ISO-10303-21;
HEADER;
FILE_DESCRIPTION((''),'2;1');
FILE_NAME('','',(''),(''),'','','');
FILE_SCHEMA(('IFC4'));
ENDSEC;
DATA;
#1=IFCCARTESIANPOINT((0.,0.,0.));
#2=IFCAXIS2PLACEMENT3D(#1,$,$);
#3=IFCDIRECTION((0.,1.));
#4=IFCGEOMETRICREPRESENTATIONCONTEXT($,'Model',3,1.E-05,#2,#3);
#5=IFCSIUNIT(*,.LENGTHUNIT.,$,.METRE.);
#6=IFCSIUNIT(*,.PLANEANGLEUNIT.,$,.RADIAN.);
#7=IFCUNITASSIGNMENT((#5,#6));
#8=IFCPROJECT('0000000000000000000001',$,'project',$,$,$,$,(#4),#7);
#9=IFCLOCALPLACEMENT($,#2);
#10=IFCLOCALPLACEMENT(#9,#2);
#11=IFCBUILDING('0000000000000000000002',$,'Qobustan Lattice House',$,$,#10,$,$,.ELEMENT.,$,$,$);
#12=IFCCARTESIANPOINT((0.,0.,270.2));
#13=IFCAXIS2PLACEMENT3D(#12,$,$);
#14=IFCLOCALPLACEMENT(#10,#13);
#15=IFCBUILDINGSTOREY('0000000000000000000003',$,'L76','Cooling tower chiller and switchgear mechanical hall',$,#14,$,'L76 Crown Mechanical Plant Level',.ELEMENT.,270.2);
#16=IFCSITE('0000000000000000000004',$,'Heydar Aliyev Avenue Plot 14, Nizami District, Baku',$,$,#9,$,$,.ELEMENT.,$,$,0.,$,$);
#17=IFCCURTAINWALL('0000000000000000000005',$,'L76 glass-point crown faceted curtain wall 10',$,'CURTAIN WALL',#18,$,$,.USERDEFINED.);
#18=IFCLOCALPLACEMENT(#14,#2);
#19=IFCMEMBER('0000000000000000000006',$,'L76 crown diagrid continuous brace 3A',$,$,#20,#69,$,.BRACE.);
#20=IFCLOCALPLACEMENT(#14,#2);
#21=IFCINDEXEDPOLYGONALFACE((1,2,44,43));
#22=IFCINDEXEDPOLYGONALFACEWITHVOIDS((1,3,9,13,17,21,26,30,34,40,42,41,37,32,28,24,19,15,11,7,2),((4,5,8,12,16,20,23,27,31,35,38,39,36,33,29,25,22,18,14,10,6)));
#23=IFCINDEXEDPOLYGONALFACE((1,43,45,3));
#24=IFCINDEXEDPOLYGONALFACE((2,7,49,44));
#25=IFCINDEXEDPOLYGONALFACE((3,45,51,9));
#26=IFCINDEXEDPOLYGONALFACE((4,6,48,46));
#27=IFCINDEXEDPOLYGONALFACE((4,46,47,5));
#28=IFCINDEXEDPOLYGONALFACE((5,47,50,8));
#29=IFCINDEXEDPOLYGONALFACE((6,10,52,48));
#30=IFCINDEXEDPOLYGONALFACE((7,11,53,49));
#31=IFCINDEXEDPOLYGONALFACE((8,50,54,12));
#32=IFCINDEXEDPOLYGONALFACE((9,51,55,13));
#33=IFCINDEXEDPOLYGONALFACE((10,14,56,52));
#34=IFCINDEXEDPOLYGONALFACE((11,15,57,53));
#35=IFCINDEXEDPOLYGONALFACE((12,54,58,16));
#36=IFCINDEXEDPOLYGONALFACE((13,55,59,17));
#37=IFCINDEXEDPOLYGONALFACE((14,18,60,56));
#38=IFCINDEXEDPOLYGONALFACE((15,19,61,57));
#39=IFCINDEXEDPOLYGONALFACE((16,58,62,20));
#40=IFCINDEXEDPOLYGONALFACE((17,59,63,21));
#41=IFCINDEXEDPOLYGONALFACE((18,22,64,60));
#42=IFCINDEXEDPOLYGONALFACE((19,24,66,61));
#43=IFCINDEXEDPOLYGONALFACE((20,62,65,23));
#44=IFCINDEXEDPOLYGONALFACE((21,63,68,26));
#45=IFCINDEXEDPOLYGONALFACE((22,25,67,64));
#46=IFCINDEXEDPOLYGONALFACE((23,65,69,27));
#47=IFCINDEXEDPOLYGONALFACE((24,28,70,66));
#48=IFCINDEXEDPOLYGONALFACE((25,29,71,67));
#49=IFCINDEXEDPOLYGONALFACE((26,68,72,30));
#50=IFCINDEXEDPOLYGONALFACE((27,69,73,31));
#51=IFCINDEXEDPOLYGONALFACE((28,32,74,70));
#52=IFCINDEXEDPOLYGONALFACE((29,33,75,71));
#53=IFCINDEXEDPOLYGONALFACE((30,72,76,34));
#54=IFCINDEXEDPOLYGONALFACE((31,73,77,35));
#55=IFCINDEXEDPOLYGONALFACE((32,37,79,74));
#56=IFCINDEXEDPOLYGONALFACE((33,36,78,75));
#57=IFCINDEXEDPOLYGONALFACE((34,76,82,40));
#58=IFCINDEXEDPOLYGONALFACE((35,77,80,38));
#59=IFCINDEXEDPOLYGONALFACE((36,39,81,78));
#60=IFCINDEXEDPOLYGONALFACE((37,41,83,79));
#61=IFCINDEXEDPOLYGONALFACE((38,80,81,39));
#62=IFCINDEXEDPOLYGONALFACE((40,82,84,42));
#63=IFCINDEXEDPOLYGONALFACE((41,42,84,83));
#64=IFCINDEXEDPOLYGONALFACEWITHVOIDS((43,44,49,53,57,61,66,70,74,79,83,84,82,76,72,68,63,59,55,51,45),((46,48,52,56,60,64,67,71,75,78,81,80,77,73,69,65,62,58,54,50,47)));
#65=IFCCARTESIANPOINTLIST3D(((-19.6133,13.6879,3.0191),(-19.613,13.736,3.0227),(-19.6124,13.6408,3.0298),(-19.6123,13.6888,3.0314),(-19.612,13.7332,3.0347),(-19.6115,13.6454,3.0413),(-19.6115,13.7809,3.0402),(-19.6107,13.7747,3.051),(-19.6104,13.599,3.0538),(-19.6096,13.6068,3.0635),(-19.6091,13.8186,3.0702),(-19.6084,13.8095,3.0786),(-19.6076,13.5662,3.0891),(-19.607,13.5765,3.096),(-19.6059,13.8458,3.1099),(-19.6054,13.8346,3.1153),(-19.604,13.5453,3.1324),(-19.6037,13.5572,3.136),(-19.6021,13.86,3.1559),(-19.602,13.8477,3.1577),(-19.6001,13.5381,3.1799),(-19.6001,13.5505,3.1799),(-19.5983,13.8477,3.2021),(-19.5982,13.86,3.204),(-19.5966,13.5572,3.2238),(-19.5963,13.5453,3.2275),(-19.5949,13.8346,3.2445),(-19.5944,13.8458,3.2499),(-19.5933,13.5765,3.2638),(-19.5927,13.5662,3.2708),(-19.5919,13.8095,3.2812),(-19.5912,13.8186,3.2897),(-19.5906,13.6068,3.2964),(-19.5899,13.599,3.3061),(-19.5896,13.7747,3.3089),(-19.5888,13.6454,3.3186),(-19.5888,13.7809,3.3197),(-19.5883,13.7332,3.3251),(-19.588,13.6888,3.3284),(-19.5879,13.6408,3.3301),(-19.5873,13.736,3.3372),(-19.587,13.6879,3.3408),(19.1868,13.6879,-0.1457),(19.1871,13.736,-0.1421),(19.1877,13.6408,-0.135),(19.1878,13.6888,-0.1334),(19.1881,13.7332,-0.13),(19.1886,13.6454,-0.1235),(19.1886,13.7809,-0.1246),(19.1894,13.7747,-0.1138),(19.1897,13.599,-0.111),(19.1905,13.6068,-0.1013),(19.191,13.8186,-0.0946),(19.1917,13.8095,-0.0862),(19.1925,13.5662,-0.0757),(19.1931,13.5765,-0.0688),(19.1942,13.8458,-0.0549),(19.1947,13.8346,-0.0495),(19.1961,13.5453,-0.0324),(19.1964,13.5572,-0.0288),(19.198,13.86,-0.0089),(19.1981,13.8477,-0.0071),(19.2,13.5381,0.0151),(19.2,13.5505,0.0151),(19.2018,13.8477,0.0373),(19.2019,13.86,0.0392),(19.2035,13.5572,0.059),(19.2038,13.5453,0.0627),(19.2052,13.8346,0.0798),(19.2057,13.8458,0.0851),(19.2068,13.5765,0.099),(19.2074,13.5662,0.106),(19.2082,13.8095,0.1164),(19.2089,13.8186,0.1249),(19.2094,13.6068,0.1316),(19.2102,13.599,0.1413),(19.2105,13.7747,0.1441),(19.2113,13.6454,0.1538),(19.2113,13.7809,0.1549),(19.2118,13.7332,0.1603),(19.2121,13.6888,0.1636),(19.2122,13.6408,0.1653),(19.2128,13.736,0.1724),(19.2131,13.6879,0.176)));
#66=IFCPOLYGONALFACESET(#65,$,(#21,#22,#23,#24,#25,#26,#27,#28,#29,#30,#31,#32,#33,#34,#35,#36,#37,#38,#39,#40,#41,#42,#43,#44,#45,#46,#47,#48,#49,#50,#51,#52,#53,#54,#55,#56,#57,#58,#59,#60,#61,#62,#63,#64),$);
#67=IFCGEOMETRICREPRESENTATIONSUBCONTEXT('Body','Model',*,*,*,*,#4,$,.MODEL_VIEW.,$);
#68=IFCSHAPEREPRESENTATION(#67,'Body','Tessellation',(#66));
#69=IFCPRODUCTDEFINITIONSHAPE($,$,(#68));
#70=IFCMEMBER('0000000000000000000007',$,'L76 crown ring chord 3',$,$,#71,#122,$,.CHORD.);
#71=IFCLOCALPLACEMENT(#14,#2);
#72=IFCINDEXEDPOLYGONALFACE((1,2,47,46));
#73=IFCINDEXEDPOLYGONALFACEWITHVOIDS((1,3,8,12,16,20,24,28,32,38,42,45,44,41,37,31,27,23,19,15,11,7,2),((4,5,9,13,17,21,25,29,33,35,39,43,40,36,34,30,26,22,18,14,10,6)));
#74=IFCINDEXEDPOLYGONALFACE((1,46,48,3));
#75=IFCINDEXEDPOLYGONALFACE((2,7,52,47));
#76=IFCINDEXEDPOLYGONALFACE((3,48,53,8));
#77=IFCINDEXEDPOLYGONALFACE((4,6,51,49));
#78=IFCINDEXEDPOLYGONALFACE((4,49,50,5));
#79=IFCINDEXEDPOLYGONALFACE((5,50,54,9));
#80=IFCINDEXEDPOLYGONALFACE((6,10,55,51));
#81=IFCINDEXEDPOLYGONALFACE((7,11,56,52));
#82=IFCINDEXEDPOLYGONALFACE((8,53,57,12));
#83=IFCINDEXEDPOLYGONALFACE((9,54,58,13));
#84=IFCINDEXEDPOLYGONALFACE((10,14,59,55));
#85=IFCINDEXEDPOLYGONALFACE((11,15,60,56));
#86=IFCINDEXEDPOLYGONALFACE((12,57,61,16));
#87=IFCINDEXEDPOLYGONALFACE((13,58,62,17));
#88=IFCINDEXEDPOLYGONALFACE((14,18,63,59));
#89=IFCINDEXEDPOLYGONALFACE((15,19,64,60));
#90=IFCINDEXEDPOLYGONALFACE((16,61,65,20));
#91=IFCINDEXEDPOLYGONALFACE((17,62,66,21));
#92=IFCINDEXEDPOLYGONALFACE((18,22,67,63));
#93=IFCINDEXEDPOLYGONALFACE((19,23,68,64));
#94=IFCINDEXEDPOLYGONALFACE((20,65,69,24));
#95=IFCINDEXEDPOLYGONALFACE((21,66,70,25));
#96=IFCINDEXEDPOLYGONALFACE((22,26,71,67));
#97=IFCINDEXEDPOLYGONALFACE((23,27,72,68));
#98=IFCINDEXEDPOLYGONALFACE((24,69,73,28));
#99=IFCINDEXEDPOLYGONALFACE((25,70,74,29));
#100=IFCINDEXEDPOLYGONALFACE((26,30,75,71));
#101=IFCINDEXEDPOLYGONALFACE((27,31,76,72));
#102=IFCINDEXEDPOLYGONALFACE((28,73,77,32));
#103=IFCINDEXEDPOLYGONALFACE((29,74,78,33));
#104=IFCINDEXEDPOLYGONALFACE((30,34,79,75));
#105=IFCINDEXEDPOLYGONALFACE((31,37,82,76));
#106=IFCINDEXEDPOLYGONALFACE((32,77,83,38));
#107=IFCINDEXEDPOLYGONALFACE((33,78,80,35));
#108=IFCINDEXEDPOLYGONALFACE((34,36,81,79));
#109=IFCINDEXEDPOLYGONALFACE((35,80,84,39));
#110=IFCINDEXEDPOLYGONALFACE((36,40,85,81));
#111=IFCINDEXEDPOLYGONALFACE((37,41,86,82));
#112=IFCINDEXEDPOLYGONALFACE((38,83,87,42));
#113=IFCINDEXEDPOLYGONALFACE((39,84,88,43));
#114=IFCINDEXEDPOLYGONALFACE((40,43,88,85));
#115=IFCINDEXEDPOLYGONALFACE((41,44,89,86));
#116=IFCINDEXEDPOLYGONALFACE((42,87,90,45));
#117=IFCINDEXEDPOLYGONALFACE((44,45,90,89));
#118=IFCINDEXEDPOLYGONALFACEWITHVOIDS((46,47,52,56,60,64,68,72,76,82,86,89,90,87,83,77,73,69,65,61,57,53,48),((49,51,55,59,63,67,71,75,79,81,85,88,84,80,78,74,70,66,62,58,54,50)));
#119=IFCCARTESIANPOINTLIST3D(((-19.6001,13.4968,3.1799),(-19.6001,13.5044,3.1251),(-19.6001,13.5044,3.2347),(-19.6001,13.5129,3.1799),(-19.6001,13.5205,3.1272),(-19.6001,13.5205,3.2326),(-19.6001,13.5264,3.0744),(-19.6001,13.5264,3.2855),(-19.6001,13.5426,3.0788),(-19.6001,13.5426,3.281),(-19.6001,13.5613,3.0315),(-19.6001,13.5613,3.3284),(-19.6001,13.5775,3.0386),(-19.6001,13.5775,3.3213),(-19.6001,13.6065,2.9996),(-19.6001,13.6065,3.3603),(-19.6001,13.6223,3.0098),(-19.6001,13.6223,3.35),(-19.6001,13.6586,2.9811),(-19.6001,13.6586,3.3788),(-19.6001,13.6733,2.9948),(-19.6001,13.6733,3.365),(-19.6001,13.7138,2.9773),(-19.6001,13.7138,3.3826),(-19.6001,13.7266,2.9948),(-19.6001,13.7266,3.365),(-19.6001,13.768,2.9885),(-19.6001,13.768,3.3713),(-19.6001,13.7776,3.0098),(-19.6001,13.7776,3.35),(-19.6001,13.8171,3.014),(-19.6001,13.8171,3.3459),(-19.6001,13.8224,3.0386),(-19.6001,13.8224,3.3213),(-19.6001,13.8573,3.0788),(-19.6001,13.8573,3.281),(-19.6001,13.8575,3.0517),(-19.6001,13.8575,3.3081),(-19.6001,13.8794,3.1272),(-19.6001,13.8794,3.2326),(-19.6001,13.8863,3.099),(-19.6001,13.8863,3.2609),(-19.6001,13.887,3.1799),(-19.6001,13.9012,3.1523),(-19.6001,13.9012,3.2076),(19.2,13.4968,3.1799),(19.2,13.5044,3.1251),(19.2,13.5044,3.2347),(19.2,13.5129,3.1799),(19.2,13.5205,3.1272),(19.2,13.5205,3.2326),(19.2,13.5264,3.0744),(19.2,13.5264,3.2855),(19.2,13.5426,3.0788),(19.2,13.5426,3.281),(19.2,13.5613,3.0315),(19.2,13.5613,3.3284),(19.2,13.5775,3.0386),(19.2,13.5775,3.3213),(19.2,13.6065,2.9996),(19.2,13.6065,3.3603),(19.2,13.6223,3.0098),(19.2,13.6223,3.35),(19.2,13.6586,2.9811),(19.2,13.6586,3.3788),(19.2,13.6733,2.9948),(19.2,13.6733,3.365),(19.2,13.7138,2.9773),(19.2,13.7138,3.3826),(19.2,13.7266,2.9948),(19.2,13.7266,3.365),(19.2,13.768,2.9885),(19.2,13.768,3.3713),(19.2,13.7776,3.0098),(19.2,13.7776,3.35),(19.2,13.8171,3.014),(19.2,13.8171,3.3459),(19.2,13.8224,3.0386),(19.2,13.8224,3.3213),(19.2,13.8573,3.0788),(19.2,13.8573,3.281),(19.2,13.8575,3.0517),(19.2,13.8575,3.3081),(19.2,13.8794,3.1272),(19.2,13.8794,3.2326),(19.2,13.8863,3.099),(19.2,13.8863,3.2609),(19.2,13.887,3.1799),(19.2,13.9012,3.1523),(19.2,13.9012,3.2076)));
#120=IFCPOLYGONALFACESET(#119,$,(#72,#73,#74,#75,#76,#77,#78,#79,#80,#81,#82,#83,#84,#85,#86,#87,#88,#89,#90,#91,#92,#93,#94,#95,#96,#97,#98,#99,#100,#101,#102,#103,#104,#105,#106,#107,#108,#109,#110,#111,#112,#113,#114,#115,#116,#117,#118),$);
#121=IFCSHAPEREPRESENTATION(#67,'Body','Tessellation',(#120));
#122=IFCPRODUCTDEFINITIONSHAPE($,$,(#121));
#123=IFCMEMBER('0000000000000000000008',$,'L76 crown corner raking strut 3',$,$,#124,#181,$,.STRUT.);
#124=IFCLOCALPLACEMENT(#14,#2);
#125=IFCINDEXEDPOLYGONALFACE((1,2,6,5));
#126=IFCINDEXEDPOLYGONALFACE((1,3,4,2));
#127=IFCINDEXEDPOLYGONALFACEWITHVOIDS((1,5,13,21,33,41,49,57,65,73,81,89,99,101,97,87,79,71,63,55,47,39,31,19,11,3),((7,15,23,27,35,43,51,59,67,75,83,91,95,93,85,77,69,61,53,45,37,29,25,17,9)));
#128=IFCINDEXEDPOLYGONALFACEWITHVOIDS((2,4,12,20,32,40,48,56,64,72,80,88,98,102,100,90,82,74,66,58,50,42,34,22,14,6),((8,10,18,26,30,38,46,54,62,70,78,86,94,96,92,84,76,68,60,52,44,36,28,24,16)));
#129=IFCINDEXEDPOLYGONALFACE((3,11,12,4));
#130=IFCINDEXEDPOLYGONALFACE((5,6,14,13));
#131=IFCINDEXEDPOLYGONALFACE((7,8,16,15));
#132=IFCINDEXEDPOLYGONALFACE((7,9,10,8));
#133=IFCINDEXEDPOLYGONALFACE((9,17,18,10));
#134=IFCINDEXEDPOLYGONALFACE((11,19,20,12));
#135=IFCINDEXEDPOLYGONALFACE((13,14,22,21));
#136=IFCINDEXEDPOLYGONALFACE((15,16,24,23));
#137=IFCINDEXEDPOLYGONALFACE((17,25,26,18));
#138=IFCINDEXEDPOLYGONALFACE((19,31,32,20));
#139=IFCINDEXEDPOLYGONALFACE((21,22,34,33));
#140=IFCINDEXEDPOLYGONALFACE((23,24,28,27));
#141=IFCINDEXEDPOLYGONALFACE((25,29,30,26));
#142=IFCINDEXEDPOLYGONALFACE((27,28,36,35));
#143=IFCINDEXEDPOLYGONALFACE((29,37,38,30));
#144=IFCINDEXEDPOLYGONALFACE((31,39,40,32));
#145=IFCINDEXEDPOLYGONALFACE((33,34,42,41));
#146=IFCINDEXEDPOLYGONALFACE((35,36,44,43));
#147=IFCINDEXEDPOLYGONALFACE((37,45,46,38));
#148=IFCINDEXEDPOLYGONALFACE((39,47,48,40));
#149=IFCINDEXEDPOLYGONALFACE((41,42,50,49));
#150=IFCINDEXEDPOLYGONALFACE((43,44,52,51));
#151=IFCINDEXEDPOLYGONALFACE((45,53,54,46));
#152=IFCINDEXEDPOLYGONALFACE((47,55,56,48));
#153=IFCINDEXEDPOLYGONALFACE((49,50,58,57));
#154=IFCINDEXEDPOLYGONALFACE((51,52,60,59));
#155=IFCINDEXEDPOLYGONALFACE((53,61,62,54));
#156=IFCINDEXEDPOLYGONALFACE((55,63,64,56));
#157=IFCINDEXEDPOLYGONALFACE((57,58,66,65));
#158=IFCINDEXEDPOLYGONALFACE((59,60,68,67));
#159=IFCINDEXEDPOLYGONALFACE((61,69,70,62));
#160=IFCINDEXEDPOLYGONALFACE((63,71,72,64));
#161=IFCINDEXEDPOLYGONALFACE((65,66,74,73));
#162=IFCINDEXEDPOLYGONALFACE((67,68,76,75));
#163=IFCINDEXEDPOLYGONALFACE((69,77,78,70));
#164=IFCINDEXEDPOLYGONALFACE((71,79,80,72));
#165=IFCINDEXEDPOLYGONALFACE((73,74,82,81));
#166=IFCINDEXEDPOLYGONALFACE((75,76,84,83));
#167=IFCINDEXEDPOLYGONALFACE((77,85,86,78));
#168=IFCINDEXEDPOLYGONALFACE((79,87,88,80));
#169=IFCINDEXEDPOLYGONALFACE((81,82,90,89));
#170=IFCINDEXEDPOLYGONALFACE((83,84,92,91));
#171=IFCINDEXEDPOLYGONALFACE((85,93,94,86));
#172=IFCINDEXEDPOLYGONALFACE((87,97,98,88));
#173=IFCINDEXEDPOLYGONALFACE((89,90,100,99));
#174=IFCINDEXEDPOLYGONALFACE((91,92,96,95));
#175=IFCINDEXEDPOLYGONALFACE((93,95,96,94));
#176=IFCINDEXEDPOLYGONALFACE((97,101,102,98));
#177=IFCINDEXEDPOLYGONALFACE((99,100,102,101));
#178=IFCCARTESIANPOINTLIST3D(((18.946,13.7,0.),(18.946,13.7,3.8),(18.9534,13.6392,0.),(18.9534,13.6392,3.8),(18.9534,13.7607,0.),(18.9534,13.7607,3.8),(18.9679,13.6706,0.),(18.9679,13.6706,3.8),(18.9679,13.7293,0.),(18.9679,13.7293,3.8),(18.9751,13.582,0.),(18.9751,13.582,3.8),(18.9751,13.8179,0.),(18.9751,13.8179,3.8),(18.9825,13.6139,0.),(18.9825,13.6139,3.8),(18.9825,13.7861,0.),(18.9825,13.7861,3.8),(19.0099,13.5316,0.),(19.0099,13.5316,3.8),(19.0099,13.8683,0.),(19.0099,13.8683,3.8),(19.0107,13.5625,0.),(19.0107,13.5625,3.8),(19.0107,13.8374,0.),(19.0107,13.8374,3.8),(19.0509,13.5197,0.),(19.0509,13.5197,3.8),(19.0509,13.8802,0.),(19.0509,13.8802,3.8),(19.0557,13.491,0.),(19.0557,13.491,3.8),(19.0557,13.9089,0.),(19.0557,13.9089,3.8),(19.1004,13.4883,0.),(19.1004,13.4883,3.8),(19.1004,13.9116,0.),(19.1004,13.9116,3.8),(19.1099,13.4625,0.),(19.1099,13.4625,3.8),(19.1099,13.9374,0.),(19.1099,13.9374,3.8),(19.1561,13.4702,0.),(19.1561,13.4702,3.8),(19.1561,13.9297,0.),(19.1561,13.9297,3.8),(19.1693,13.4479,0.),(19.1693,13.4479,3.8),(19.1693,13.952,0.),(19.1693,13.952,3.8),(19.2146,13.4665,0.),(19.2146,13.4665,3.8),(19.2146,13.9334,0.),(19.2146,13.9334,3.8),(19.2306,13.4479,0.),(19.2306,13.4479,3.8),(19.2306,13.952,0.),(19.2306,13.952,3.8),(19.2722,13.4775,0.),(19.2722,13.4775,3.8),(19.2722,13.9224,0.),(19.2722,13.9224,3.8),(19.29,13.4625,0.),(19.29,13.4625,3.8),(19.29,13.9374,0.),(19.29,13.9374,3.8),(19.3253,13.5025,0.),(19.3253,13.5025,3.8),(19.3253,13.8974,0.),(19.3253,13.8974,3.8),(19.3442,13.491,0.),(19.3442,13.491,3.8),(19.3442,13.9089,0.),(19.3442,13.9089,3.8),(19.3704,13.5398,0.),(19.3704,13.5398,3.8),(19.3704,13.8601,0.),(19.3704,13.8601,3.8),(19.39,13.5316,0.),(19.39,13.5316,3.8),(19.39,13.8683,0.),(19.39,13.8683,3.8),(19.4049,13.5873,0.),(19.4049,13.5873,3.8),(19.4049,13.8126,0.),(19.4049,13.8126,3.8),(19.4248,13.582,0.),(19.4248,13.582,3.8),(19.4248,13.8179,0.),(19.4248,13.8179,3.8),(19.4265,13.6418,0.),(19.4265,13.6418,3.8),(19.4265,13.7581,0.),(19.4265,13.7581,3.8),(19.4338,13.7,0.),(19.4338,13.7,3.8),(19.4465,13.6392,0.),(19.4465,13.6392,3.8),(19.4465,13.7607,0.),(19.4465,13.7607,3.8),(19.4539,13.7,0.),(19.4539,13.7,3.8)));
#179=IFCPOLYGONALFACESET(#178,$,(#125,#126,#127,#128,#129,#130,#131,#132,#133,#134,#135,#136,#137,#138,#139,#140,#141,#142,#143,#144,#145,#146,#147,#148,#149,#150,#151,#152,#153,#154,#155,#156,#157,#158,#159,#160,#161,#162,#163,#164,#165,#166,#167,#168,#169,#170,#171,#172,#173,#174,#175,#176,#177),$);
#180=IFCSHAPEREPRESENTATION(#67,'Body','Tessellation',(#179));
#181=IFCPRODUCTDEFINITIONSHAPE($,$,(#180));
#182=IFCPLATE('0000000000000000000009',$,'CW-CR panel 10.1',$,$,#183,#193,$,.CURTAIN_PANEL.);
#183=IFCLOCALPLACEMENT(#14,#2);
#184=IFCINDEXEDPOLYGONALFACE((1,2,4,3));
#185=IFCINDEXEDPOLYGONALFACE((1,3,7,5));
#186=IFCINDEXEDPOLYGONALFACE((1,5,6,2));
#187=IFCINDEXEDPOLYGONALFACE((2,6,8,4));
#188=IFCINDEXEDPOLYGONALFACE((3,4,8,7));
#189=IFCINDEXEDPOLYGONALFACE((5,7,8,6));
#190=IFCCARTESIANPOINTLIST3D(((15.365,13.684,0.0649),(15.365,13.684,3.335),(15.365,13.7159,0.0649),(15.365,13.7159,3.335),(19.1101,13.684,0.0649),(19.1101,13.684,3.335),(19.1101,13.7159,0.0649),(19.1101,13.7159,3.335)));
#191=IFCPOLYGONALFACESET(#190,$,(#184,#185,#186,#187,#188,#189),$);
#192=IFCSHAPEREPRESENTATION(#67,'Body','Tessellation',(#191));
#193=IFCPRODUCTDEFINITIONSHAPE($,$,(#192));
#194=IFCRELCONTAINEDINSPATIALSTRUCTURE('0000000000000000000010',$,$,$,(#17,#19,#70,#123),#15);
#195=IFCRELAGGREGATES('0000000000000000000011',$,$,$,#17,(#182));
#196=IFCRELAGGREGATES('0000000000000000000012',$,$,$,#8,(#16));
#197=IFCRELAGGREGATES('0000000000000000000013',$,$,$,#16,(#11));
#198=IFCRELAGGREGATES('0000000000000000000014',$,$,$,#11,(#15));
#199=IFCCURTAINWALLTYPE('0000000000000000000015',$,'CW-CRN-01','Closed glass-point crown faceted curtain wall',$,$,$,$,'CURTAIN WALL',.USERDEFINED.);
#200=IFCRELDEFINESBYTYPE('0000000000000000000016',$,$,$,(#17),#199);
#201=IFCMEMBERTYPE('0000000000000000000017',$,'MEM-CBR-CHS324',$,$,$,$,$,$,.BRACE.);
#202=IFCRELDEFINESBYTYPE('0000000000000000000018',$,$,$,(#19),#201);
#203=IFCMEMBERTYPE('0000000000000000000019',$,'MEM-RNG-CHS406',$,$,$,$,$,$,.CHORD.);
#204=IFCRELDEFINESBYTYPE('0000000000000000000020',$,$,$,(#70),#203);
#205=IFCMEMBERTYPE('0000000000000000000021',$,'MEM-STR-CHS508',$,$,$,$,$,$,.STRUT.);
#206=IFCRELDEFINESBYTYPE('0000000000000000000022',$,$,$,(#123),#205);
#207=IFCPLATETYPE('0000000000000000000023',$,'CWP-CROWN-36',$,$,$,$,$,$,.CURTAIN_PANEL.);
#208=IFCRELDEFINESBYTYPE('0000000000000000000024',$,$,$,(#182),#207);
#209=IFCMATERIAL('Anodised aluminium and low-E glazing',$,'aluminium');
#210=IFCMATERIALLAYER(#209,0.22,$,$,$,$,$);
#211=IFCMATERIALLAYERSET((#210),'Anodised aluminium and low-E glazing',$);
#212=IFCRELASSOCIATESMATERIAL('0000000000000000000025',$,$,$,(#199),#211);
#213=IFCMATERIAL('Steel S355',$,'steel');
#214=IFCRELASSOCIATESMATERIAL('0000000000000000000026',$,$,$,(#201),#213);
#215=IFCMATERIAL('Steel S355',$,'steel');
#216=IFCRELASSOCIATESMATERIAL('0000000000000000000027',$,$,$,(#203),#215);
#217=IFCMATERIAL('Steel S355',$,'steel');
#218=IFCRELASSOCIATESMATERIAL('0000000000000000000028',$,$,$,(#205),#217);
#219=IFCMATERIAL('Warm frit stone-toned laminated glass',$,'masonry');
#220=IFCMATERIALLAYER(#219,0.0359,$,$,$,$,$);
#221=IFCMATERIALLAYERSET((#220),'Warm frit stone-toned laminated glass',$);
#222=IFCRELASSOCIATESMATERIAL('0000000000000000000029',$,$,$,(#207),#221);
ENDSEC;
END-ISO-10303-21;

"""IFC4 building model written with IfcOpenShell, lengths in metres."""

from ifc_helpers import new_model, si_unit, direction, frame, origin, origin_2d, place, context, subcontext, project, spatial, rectangle, hollow_circle, extrude, material, layer, layer_set, material_profile, profile_set, type_object, element, aggregate, save


model = new_model("IFC4")

# Units and contexts
model_context = context("Model", 3, precision=1e-05, world=origin(), true_north=direction((0.0, 1.0)))
body_context = subcontext(model_context, "Body", "Model", "MODEL_VIEW")
ifc_project = project(units=[si_unit("LENGTHUNIT", "METRE"), si_unit("PLANEANGLEUNIT", "RADIAN")], contexts=[model_context])

# Site, building, storey
site_placement = place(None, origin())
site = spatial("IfcSite", under=ifc_project, at=site_placement, Name="Heydar Aliyev Avenue Plot 14, Nizami District, Baku", CompositionType="ELEMENT", RefElevation=0.0)
building_placement = place(site_placement, origin())
building = spatial("IfcBuilding", under=site, at=building_placement, Name="Qobustan Lattice House", CompositionType="ELEMENT")
storey_placement = place(building_placement, frame((0.0, 0.0, 270.2)))
storey = spatial("IfcBuildingStorey", under=building, at=storey_placement, Name="L76", Description="Cooling tower chiller and switchgear mechanical hall", LongName="L76 Crown Mechanical Plant Level", CompositionType="ELEMENT", Elevation=270.2)

# Curtain wall
ifc_material_1 = material(Name="Anodised aluminium and low-E glazing", Category="aluminium")
ifc_layer_1 = layer(ifc_material_1, 0.22)
ifc_layer_set_1 = layer_set([ifc_layer_1], Name="Anodised aluminium and low-E glazing")
curtain_wall_type = type_object("IfcCurtainWallType", Name="CW-CRN-01", Description="Closed glass-point crown faceted curtain wall", ElementType="CURTAIN WALL", PredefinedType="USERDEFINED", material=ifc_layer_set_1)
curtain_wall_1_placement = place(storey_placement, origin())
curtain_wall_1 = element("IfcCurtainWall", 1, at=curtain_wall_1_placement, inside=storey, type_object=curtain_wall_type, Name="L76 glass-point crown faceted curtain wall 10", ObjectType="CURTAIN WALL", PredefinedType="USERDEFINED")

# Members
ifc_material_2 = material(Name="Steel S355", Category="steel")
ifc_material_profile_1 = material_profile(ifc_material_2, hollow_circle(Radius=0.1619, WallThickness=0.0125, at=origin_2d()), Name="CHS323.9x12.5")
ifc_profile_set_1 = profile_set([ifc_material_profile_1], Name="Steel S355")
member_type_1 = type_object("IfcMemberType", Name="MEM-CBR-CHS324", PredefinedType="BRACE", material=ifc_profile_set_1)
member_1_placement = place(storey_placement, frame((19.2, 13.7, 0.0151), z_axis=(-0.99669, 0.0, 0.081297), x_axis=(0.0, -1.0, 0.0)))
element("IfcMember", 2, at=member_1_placement, inside=storey, type_object=member_type_1, Name="L76 crown diagrid continuous brace 3A", PredefinedType="BRACE", context=body_context, shape_type="SweptSolid", body=[
    extrude(hollow_circle(Radius=0.1619, WallThickness=0.0125, at=origin_2d()), origin(), (0.0, 0.0, 1.0), 38.929),
])
ifc_material_3 = material(Name="Steel S355", Category="steel")
ifc_material_profile_2 = material_profile(ifc_material_3, hollow_circle(Radius=0.2031, WallThickness=0.0161, at=origin_2d()), Name="CHS406.4x16")
ifc_profile_set_2 = profile_set([ifc_material_profile_2], Name="Steel S355")
member_type_2 = type_object("IfcMemberType", Name="MEM-RNG-CHS406", PredefinedType="CHORD", material=ifc_profile_set_2)
member_2_placement = place(storey_placement, frame((19.2, 13.7, 3.1799), z_axis=(-1.0, 0.0, 0.0), x_axis=(0.0, -1.0, 0.0)))
element("IfcMember", 3, at=member_2_placement, inside=storey, type_object=member_type_2, Name="L76 crown ring chord 3", PredefinedType="CHORD", context=body_context, shape_type="SweptSolid", body=[
    extrude(hollow_circle(Radius=0.2031, WallThickness=0.0161, at=origin_2d()), origin(), (0.0, 0.0, 1.0), 38.8),
])
ifc_material_4 = material(Name="Steel S355", Category="steel")
ifc_material_profile_3 = material_profile(ifc_material_4, hollow_circle(Radius=0.2539, WallThickness=0.02, at=origin_2d()), Name="CHS508x20")
ifc_profile_set_3 = profile_set([ifc_material_profile_3], Name="Steel S355")
member_type_3 = type_object("IfcMemberType", Name="MEM-STR-CHS508", PredefinedType="STRUT", material=ifc_profile_set_3)
member_3_placement = place(storey_placement, frame((19.2, 13.7, 0.0), z_axis=(0.0, 0.0, 1.0), x_axis=(1.0, 0.0, 0.0)))
element("IfcMember", 4, at=member_3_placement, inside=storey, type_object=member_type_3, Name="L76 crown corner raking strut 3", PredefinedType="STRUT", context=body_context, shape_type="SweptSolid", body=[
    extrude(hollow_circle(Radius=0.2539, WallThickness=0.02, at=origin_2d()), origin(), (0.0, 0.0, 1.0), 3.8),
])

# Plate
ifc_material_5 = material(Name="Warm frit stone-toned laminated glass", Category="masonry")
ifc_layer_2 = layer(ifc_material_5, 0.0359)
ifc_layer_set_2 = layer_set([ifc_layer_2], Name="Warm frit stone-toned laminated glass")
plate_type_1 = type_object("IfcPlateType", Name="CWP-CROWN-36", PredefinedType="CURTAIN_PANEL", material=ifc_layer_set_2)
plate_1_placement = place(storey_placement, frame((17.2375, 13.7, 0.0649), z_axis=(0.0, 0.0, 1.0), x_axis=(1.0, 0.0, 0.0)))
plate_1 = element("IfcPlate", 5, at=plate_1_placement, type_object=plate_type_1, Name="CW-CR panel 10.1", PredefinedType="CURTAIN_PANEL", context=body_context, shape_type="SweptSolid", body=[
    extrude(rectangle(XDim=3.7451, YDim=0.032, at=origin_2d()), origin(), (0.0, 0.0, 1.0), 3.27),
])
aggregate(curtain_wall_1, [plate_1])

save(model, "model.ifc")
